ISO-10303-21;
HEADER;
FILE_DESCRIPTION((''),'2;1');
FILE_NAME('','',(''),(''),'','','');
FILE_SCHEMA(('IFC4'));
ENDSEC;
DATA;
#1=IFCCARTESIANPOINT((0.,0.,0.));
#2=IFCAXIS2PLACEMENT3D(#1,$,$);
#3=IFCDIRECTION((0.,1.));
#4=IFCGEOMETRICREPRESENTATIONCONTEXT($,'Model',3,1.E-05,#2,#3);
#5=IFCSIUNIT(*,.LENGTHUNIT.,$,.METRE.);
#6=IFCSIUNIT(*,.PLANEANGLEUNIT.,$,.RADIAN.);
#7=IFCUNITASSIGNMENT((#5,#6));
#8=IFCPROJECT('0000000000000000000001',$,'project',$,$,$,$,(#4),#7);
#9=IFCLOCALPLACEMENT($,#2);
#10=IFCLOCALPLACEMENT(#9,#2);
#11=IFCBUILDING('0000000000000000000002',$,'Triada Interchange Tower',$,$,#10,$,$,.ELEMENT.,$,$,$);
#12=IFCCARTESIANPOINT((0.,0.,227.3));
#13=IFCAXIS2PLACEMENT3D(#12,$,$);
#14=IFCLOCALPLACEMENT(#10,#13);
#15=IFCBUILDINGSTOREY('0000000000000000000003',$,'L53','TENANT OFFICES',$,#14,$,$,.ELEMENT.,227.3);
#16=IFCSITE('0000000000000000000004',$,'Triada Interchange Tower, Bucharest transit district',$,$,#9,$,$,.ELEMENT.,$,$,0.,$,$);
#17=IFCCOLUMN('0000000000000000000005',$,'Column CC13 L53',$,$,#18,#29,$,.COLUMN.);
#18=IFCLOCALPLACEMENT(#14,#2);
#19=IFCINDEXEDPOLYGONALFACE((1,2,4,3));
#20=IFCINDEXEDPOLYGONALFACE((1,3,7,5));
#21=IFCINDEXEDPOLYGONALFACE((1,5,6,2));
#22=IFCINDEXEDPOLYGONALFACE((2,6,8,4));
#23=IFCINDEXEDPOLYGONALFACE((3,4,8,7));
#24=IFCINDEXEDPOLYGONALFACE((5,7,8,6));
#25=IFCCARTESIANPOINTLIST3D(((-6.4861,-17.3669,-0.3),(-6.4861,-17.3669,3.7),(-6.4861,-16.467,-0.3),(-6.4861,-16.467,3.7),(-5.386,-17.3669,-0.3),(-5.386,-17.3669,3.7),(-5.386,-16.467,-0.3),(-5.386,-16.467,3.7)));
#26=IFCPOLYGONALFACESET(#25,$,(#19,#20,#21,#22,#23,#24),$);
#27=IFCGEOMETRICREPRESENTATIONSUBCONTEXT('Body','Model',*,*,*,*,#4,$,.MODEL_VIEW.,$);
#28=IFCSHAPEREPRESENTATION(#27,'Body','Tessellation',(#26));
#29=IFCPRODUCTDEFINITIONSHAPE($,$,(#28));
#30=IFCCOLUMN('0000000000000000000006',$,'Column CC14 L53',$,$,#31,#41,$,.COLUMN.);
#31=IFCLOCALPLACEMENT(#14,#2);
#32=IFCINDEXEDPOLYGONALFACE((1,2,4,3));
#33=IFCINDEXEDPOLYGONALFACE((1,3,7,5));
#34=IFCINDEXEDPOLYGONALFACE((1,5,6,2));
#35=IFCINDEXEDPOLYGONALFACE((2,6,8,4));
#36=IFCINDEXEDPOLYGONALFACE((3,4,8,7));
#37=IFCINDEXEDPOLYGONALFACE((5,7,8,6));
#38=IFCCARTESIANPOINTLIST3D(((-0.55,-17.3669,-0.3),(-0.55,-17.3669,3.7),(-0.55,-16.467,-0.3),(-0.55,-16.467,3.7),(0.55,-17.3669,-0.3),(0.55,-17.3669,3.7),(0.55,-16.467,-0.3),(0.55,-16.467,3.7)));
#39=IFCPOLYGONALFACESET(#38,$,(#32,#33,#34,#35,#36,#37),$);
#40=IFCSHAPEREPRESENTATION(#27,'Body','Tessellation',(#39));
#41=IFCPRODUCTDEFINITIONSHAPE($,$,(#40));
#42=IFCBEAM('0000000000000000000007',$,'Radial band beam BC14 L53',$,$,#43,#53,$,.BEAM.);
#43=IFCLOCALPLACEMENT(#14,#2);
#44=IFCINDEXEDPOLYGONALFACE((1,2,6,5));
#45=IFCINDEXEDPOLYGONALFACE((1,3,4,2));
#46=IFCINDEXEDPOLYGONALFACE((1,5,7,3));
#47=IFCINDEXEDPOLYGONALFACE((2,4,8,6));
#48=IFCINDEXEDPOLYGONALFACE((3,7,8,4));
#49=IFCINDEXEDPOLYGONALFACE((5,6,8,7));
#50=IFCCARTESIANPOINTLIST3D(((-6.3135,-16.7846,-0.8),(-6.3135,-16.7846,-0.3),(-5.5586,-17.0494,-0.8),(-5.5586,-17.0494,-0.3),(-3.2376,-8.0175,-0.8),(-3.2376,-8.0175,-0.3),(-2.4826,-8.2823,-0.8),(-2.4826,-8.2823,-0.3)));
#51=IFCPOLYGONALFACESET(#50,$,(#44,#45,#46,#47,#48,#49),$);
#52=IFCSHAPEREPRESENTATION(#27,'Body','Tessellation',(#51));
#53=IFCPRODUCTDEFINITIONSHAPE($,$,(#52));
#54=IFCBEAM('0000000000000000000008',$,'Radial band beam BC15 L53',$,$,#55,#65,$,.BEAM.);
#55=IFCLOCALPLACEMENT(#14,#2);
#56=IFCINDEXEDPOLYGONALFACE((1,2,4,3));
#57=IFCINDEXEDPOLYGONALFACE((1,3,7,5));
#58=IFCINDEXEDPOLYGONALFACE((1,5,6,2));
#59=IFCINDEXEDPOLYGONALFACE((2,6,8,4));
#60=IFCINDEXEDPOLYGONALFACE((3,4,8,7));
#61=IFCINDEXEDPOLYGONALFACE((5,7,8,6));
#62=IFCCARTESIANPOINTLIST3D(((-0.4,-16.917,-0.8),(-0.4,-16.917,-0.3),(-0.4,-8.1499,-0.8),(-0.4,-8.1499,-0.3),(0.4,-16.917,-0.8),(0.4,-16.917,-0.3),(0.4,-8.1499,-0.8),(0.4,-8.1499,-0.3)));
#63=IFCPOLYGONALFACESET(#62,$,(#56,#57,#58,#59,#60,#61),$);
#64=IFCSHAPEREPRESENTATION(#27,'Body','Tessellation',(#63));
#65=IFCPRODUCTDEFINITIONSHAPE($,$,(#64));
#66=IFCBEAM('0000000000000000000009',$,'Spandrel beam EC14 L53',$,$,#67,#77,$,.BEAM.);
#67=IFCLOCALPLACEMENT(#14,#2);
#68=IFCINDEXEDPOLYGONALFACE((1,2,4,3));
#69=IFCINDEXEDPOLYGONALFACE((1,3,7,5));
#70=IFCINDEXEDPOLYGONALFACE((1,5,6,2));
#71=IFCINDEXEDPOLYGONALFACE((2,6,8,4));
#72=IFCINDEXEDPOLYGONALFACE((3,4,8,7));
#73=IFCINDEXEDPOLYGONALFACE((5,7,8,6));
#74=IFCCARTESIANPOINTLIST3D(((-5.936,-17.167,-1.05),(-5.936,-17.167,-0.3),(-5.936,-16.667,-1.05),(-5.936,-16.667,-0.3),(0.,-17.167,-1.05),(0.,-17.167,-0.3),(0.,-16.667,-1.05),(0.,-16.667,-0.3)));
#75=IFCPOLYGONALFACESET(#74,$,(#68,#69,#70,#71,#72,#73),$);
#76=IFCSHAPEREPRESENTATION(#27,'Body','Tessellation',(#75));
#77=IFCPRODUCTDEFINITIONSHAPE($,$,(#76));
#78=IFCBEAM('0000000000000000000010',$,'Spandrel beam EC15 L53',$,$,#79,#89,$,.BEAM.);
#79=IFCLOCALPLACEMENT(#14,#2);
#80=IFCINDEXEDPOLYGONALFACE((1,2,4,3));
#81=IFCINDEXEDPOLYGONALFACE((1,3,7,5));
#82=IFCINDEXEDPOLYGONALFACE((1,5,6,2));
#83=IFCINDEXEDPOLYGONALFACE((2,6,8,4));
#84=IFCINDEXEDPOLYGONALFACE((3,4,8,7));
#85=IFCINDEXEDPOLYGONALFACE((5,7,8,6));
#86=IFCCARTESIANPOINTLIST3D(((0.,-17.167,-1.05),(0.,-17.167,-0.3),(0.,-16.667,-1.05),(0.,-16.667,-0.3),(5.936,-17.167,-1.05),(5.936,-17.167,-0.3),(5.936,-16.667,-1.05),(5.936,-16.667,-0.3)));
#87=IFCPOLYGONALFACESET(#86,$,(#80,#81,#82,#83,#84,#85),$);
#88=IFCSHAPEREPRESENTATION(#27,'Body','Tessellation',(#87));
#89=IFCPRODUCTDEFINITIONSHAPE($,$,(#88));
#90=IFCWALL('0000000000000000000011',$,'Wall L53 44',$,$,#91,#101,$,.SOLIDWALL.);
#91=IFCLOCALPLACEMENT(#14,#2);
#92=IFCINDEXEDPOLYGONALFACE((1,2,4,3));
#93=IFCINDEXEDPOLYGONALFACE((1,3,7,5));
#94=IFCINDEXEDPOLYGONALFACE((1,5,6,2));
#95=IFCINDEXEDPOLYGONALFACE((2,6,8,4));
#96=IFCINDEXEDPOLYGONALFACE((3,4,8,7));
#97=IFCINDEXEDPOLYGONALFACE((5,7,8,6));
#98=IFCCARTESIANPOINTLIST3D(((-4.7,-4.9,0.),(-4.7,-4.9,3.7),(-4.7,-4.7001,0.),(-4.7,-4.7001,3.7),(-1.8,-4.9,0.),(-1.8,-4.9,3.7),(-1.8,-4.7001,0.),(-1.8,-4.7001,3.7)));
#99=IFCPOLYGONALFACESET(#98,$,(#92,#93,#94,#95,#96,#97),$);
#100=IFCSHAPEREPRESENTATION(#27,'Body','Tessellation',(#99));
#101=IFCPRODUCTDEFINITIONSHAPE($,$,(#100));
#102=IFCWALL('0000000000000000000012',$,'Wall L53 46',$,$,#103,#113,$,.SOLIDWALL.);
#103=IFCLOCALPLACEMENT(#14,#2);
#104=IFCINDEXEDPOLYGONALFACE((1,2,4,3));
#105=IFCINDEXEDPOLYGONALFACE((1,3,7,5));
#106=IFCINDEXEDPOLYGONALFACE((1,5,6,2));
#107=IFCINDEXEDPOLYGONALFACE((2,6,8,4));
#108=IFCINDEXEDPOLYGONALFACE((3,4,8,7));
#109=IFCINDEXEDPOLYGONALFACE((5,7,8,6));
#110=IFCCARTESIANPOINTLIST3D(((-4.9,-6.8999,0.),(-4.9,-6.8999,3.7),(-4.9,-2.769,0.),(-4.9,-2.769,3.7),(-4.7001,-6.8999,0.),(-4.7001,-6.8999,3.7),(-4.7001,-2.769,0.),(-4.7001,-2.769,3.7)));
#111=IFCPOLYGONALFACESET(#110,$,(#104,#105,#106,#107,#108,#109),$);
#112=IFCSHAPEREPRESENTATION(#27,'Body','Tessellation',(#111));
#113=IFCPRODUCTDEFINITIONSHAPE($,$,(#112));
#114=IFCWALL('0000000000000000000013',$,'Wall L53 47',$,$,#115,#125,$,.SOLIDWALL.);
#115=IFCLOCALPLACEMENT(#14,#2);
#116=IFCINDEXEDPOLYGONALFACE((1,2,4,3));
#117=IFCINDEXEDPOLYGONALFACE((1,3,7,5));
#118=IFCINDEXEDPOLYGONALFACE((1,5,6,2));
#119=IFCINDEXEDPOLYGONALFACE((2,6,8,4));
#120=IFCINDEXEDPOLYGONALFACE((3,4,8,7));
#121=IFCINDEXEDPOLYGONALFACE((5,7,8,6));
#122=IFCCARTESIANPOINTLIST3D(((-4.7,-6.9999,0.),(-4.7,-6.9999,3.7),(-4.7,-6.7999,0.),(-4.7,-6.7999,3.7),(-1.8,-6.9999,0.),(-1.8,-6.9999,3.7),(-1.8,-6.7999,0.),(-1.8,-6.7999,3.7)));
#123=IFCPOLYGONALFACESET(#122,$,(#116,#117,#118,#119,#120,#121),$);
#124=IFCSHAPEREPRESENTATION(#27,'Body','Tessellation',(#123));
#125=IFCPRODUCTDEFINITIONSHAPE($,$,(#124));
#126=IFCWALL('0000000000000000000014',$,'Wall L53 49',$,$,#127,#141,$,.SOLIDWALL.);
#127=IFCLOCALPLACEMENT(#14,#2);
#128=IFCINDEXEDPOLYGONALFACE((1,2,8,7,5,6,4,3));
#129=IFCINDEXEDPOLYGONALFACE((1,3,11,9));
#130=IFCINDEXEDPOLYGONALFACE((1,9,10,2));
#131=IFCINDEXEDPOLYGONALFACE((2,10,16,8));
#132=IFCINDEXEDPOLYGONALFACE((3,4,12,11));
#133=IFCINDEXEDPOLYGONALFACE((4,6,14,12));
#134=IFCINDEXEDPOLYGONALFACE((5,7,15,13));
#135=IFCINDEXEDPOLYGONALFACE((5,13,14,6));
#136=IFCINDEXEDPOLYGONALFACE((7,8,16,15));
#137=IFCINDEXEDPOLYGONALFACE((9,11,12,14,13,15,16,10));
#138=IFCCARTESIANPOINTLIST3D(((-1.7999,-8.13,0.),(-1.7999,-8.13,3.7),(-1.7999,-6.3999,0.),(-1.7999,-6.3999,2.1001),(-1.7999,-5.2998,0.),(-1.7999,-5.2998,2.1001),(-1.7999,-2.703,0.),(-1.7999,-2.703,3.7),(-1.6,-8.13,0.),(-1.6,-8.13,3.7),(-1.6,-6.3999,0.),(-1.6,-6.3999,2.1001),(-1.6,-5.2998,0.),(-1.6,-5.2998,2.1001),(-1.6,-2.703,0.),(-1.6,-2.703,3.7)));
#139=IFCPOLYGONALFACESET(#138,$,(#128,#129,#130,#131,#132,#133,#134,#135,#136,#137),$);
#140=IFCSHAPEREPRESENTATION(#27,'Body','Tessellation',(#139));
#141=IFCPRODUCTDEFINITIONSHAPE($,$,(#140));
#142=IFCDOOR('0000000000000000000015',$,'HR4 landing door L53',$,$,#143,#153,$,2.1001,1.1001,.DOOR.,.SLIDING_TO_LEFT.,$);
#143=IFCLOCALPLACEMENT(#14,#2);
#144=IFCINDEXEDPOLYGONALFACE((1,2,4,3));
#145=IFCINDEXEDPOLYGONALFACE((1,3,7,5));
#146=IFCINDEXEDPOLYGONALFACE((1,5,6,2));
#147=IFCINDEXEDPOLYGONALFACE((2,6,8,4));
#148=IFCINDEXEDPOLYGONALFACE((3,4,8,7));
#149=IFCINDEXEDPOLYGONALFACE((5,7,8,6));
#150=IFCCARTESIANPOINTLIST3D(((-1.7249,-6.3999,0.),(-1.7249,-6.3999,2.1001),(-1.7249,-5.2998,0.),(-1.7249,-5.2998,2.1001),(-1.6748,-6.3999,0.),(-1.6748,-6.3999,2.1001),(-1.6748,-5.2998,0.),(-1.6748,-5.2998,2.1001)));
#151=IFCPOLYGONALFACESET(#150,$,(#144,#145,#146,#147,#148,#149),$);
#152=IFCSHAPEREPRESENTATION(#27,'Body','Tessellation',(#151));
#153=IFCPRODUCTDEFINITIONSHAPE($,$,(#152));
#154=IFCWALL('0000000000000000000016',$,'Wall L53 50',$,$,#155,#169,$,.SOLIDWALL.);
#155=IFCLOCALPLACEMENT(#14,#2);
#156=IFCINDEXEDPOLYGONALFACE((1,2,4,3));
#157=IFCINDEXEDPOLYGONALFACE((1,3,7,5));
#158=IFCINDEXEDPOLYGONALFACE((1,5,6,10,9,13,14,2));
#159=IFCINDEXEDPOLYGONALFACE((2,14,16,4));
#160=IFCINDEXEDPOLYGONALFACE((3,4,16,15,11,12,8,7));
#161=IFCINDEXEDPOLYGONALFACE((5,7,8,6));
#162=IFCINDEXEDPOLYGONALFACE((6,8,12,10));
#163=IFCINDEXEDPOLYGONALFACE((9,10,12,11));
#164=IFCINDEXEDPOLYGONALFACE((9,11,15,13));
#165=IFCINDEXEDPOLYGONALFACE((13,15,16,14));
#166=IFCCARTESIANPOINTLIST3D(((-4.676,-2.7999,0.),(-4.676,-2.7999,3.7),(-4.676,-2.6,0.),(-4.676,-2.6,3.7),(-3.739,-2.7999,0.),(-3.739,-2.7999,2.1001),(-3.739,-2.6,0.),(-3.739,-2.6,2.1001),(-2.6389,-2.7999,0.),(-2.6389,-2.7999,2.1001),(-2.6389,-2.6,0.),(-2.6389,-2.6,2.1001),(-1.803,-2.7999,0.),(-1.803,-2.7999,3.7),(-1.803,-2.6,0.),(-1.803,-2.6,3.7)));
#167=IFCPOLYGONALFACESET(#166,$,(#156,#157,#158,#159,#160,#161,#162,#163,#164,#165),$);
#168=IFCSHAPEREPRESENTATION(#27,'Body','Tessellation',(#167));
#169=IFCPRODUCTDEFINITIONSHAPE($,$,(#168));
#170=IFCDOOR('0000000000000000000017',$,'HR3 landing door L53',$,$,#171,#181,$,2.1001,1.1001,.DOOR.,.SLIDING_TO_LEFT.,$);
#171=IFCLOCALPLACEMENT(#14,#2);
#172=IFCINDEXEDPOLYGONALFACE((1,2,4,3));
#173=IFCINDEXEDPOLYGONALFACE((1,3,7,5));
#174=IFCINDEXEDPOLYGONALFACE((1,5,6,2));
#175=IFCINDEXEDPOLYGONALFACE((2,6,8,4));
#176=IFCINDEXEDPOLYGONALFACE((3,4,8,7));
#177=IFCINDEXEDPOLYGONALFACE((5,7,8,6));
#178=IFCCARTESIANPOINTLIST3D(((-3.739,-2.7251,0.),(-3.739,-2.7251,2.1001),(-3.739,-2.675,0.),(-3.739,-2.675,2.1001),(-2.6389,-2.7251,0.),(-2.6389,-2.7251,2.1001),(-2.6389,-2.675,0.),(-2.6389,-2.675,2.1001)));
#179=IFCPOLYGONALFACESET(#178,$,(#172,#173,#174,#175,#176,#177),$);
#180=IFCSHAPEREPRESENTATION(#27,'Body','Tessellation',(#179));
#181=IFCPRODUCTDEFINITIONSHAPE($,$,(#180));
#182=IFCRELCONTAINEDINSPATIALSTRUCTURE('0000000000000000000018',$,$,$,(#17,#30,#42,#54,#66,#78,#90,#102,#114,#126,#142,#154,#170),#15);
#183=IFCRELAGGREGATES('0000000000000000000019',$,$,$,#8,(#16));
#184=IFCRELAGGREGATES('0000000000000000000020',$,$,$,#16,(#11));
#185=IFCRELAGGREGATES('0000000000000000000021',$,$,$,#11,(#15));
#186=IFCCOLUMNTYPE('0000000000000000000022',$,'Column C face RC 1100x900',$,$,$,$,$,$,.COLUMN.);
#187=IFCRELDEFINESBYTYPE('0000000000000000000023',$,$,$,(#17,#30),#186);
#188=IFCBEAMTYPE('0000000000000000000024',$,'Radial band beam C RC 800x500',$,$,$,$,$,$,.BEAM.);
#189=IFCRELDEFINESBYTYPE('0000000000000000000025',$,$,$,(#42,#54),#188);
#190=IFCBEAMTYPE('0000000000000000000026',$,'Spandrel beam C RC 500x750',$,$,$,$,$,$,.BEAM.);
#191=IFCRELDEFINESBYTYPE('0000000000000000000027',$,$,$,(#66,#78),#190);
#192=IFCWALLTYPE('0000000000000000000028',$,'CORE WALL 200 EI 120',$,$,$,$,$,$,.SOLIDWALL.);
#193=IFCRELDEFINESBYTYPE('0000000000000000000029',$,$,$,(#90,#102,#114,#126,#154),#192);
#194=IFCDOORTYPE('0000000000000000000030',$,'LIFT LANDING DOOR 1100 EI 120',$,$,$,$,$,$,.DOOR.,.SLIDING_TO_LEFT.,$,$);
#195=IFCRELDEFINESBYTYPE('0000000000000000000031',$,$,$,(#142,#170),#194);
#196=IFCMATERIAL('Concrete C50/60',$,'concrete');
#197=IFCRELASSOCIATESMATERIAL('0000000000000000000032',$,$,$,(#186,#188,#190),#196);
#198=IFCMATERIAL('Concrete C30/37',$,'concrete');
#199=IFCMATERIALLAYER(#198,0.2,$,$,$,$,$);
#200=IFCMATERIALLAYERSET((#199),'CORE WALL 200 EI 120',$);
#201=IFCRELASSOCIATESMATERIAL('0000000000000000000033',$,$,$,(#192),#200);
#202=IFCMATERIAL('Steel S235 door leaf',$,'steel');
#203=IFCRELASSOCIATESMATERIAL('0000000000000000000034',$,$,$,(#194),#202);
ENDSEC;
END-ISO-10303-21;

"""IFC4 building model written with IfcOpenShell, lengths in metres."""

from ifc_helpers import new_model, si_unit, direction, frame, frame_2d, origin, origin_2d, place, context, subcontext, project, spatial, rectangle, extrude, material, layer, layer_set, material_profile, profile_set, type_object, element, fill, save


model = new_model("IFC4")

# Units and contexts
model_context = context("Model", 3, precision=1e-05, world=origin(), true_north=direction((0.0, 1.0)))
body_context = subcontext(model_context, "Body", "Model", "MODEL_VIEW")
ifc_project = project(units=[si_unit("LENGTHUNIT", "METRE"), si_unit("PLANEANGLEUNIT", "RADIAN")], contexts=[model_context])

# Site, building, storey
site_placement = place(None, origin())
site = spatial("IfcSite", under=ifc_project, at=site_placement, Name="Triada Interchange Tower, Bucharest transit district", CompositionType="ELEMENT", RefElevation=0.0)
building_placement = place(site_placement, origin())
building = spatial("IfcBuilding", under=site, at=building_placement, Name="Triada Interchange Tower", CompositionType="ELEMENT")
storey_placement = place(building_placement, frame((0.0, 0.0, 227.3)))
storey = spatial("IfcBuildingStorey", under=building, at=storey_placement, Name="L53", Description="TENANT OFFICES", CompositionType="ELEMENT", Elevation=227.3)

# Columns
ifc_material_1 = material(Name="Concrete C50/60", Category="concrete")
ifc_material_profile_1 = material_profile(ifc_material_1, rectangle(XDim=1.1001, YDim=0.8999, at=origin_2d()), Name="RC 1100x900")
ifc_profile_set_1 = profile_set([ifc_material_profile_1], Name="Concrete C50/60")
column_type = type_object("IfcColumnType", Name="Column C face RC 1100x900", PredefinedType="COLUMN", material=ifc_profile_set_1)
for number, where, z_axis, x_axis, name in (
    (1, (-5.936, -16.917, -0.3), (0.0, 0.0, 1.0), (1.0, 0.0, 0.0), "Column CC13 L53"),
    (2, (0.0, -16.917, -0.3), (0.0, 0.0, 1.0), (1.0, 0.0, 0.0), "Column CC14 L53"),
):
    element("IfcColumn", number, at=place(storey_placement, frame(where, z_axis=z_axis, x_axis=x_axis)), inside=storey, type_object=column_type, Name=name, PredefinedType="COLUMN", context=body_context, shape_type="SweptSolid", body=[
        extrude(rectangle(XDim=1.1001, YDim=0.8999, at=origin_2d()), origin(), (0.0, 0.0, 1.0), 4.0),
    ])

# Beams
ifc_material_profile_2 = material_profile(ifc_material_1, rectangle(XDim=0.8, YDim=0.5, at=origin_2d()), Name="RC 800x500")
ifc_profile_set_2 = profile_set([ifc_material_profile_2], Name="Concrete C50/60")
beam_type_1 = type_object("IfcBeamType", Name="Radial band beam C RC 800x500", PredefinedType="BEAM", material=ifc_profile_set_2)
beam_1_placement = place(storey_placement, frame((-5.936, -16.917, -0.55), z_axis=(0.331064, 0.943608, 0.0), x_axis=(-0.943608, 0.331064, 0.0)))
element("IfcBeam", 3, at=beam_1_placement, inside=storey, type_object=beam_type_1, Name="Radial band beam BC14 L53", PredefinedType="BEAM", context=body_context, shape_type="SweptSolid", body=[
    extrude(rectangle(XDim=0.8, YDim=0.5, at=origin_2d()), origin(), (0.0, 0.0, 1.0), 9.291),
])
beam_2_placement = place(storey_placement, frame((0.0, -16.917, -0.55), z_axis=(0.0, 1.0, 0.0), x_axis=(-1.0, 0.0, 0.0)))
element("IfcBeam", 4, at=beam_2_placement, inside=storey, type_object=beam_type_1, Name="Radial band beam BC15 L53", PredefinedType="BEAM", context=body_context, shape_type="SweptSolid", body=[
    extrude(rectangle(XDim=0.8, YDim=0.5, at=origin_2d()), origin(), (0.0, 0.0, 1.0), 8.7671),
])
ifc_material_profile_3 = material_profile(ifc_material_1, rectangle(XDim=0.5, YDim=0.75, at=origin_2d()), Name="RC 500x750")
ifc_profile_set_3 = profile_set([ifc_material_profile_3], Name="Concrete C50/60")
beam_type_2 = type_object("IfcBeamType", Name="Spandrel beam C RC 500x750", PredefinedType="BEAM", material=ifc_profile_set_3)
for number, where, z_axis, x_axis, name in (
    (5, (-5.936, -16.917, -0.675), (1.0, 0.0, 0.0), (0.0, 1.0, 0.0), "Spandrel beam EC14 L53"),
    (6, (0.0, -16.917, -0.675), (1.0, 0.0, 0.0), (0.0, 1.0, 0.0), "Spandrel beam EC15 L53"),
):
    element("IfcBeam", number, at=place(storey_placement, frame(where, z_axis=z_axis, x_axis=x_axis)), inside=storey, type_object=beam_type_2, Name=name, PredefinedType="BEAM", context=body_context, shape_type="SweptSolid", body=[
        extrude(rectangle(XDim=0.5, YDim=0.75, at=origin_2d()), origin(), (0.0, 0.0, 1.0), 5.936),
    ])

# Walls
ifc_material_2 = material(Name="Concrete C30/37", Category="concrete")
ifc_layer_1 = layer(ifc_material_2, 0.2)
ifc_layer_set_1 = layer_set([ifc_layer_1], Name="CORE WALL 200 EI 120")
wall_type_1 = type_object("IfcWallType", Name="CORE WALL 200 EI 120", PredefinedType="SOLIDWALL", material=ifc_layer_set_1)
wall_1_placement = place(storey_placement, frame((-4.7, -4.8, 0.0), z_axis=(0.0, 0.0, 1.0), x_axis=(1.0, 0.0, 0.0)))
element("IfcWall", 7, at=wall_1_placement, inside=storey, type_object=wall_type_1, Name="Wall L53 44", PredefinedType="SOLIDWALL", context=body_context, shape_type="SweptSolid", body=[
    extrude(rectangle(XDim=2.8999, YDim=0.2, at=frame_2d((1.45, 0.0))), origin(), (0.0, 0.0, 1.0), 3.7),
])
wall_2_placement = place(storey_placement, frame((-4.8, -6.8999, 0.0), z_axis=(0.0, 0.0, 1.0), x_axis=(0.0, 1.0, 0.0)))
element("IfcWall", 8, at=wall_2_placement, inside=storey, type_object=wall_type_1, Name="Wall L53 46", PredefinedType="SOLIDWALL", context=body_context, shape_type="SweptSolid", body=[
    extrude(rectangle(XDim=4.1309, YDim=0.2, at=frame_2d((2.0654, 0.0))), origin(), (0.0, 0.0, 1.0), 3.7),
])
wall_3_placement = place(storey_placement, frame((-4.7, -6.8999, 0.0), z_axis=(0.0, 0.0, 1.0), x_axis=(1.0, 0.0, 0.0)))
element("IfcWall", 9, at=wall_3_placement, inside=storey, type_object=wall_type_1, Name="Wall L53 47", PredefinedType="SOLIDWALL", context=body_context, shape_type="SweptSolid", body=[
    extrude(rectangle(XDim=2.8999, YDim=0.2, at=frame_2d((1.45, 0.0))), origin(), (0.0, 0.0, 1.0), 3.7),
])

# Walls, openings, doors
wall_4_placement = place(storey_placement, frame((-1.7, -8.1299, 0.0), z_axis=(0.0, 0.0, 1.0), x_axis=(0.0, 1.0, 0.0)))
wall_4 = element("IfcWall", 10, at=wall_4_placement, inside=storey, type_object=wall_type_1, Name="Wall L53 49", PredefinedType="SOLIDWALL", context=body_context, shape_type="SweptSolid", body=[
    extrude(rectangle(XDim=5.427, YDim=0.2, at=frame_2d((2.7134, 0.0))), origin(), (0.0, 0.0, 1.0), 3.7),
])
opening_1_placement = place(wall_4_placement, frame((1.73, 0.0, 0.0)))
opening_1 = element("IfcOpeningElement", 11, at=opening_1_placement, cuts=wall_4, PredefinedType="OPENING", context=body_context, shape_type="SweptSolid", body=[
    extrude(rectangle(XDim=1.1001, YDim=2.1001, at=frame_2d((0.55, 1.05))), frame((0.0, 0.1099, 0.0), z_axis=(0.0, -1.0, 0.0), x_axis=(1.0, 0.0, 0.0)), (0.0, 0.0, 1.0), 0.22),
])
ifc_material_3 = material(Name="Steel S235 door leaf", Category="steel")
door_type = type_object("IfcDoorType", Name="LIFT LANDING DOOR 1100 EI 120", OperationType="SLIDING_TO_LEFT", PredefinedType="DOOR", material=ifc_material_3)
door_1_placement = place(opening_1_placement, origin())
door_1 = element("IfcDoor", 12, at=door_1_placement, inside=storey, type_object=door_type, Name="HR4 landing door L53", OperationType="SLIDING_TO_LEFT", OverallHeight=2.1001, OverallWidth=1.1001, PredefinedType="DOOR", context=body_context, shape_type="SweptSolid", body=[
    extrude(rectangle(XDim=1.1001, YDim=2.1001, at=frame_2d((0.55, 1.05))), frame((0.0, 0.0249, 0.0), z_axis=(0.0, -1.0, 0.0), x_axis=(1.0, 0.0, 0.0)), (0.0, 0.0, 1.0), 0.05),
])
fill(opening_1, door_1)
wall_5_placement = place(storey_placement, frame((-4.676, -2.7, 0.0), z_axis=(0.0, 0.0, 1.0), x_axis=(1.0, 0.0, 0.0)))
wall_5 = element("IfcWall", 13, at=wall_5_placement, inside=storey, type_object=wall_type_1, Name="Wall L53 50", PredefinedType="SOLIDWALL", context=body_context, shape_type="SweptSolid", body=[
    extrude(rectangle(XDim=2.873, YDim=0.2, at=frame_2d((1.4365, 0.0))), origin(), (0.0, 0.0, 1.0), 3.7),
])
opening_2_placement = place(wall_5_placement, frame((0.937, 0.0, 0.0)))
opening_2 = element("IfcOpeningElement", 14, at=opening_2_placement, cuts=wall_5, PredefinedType="OPENING", context=body_context, shape_type="SweptSolid", body=[
    extrude(rectangle(XDim=1.1001, YDim=2.1001, at=frame_2d((0.55, 1.05))), frame((0.0, 0.1099, 0.0), z_axis=(0.0, -1.0, 0.0), x_axis=(1.0, 0.0, 0.0)), (0.0, 0.0, 1.0), 0.22),
])
door_2_placement = place(opening_2_placement, origin())
door_2 = element("IfcDoor", 15, at=door_2_placement, inside=storey, type_object=door_type, Name="HR3 landing door L53", OperationType="SLIDING_TO_LEFT", OverallHeight=2.1001, OverallWidth=1.1001, PredefinedType="DOOR", context=body_context, shape_type="SweptSolid", body=[
    extrude(rectangle(XDim=1.1001, YDim=2.1001, at=frame_2d((0.55, 1.05))), frame((0.0, 0.0249, 0.0), z_axis=(0.0, -1.0, 0.0), x_axis=(1.0, 0.0, 0.0)), (0.0, 0.0, 1.0), 0.05),
])
fill(opening_2, door_2)

save(model, "model.ifc")
